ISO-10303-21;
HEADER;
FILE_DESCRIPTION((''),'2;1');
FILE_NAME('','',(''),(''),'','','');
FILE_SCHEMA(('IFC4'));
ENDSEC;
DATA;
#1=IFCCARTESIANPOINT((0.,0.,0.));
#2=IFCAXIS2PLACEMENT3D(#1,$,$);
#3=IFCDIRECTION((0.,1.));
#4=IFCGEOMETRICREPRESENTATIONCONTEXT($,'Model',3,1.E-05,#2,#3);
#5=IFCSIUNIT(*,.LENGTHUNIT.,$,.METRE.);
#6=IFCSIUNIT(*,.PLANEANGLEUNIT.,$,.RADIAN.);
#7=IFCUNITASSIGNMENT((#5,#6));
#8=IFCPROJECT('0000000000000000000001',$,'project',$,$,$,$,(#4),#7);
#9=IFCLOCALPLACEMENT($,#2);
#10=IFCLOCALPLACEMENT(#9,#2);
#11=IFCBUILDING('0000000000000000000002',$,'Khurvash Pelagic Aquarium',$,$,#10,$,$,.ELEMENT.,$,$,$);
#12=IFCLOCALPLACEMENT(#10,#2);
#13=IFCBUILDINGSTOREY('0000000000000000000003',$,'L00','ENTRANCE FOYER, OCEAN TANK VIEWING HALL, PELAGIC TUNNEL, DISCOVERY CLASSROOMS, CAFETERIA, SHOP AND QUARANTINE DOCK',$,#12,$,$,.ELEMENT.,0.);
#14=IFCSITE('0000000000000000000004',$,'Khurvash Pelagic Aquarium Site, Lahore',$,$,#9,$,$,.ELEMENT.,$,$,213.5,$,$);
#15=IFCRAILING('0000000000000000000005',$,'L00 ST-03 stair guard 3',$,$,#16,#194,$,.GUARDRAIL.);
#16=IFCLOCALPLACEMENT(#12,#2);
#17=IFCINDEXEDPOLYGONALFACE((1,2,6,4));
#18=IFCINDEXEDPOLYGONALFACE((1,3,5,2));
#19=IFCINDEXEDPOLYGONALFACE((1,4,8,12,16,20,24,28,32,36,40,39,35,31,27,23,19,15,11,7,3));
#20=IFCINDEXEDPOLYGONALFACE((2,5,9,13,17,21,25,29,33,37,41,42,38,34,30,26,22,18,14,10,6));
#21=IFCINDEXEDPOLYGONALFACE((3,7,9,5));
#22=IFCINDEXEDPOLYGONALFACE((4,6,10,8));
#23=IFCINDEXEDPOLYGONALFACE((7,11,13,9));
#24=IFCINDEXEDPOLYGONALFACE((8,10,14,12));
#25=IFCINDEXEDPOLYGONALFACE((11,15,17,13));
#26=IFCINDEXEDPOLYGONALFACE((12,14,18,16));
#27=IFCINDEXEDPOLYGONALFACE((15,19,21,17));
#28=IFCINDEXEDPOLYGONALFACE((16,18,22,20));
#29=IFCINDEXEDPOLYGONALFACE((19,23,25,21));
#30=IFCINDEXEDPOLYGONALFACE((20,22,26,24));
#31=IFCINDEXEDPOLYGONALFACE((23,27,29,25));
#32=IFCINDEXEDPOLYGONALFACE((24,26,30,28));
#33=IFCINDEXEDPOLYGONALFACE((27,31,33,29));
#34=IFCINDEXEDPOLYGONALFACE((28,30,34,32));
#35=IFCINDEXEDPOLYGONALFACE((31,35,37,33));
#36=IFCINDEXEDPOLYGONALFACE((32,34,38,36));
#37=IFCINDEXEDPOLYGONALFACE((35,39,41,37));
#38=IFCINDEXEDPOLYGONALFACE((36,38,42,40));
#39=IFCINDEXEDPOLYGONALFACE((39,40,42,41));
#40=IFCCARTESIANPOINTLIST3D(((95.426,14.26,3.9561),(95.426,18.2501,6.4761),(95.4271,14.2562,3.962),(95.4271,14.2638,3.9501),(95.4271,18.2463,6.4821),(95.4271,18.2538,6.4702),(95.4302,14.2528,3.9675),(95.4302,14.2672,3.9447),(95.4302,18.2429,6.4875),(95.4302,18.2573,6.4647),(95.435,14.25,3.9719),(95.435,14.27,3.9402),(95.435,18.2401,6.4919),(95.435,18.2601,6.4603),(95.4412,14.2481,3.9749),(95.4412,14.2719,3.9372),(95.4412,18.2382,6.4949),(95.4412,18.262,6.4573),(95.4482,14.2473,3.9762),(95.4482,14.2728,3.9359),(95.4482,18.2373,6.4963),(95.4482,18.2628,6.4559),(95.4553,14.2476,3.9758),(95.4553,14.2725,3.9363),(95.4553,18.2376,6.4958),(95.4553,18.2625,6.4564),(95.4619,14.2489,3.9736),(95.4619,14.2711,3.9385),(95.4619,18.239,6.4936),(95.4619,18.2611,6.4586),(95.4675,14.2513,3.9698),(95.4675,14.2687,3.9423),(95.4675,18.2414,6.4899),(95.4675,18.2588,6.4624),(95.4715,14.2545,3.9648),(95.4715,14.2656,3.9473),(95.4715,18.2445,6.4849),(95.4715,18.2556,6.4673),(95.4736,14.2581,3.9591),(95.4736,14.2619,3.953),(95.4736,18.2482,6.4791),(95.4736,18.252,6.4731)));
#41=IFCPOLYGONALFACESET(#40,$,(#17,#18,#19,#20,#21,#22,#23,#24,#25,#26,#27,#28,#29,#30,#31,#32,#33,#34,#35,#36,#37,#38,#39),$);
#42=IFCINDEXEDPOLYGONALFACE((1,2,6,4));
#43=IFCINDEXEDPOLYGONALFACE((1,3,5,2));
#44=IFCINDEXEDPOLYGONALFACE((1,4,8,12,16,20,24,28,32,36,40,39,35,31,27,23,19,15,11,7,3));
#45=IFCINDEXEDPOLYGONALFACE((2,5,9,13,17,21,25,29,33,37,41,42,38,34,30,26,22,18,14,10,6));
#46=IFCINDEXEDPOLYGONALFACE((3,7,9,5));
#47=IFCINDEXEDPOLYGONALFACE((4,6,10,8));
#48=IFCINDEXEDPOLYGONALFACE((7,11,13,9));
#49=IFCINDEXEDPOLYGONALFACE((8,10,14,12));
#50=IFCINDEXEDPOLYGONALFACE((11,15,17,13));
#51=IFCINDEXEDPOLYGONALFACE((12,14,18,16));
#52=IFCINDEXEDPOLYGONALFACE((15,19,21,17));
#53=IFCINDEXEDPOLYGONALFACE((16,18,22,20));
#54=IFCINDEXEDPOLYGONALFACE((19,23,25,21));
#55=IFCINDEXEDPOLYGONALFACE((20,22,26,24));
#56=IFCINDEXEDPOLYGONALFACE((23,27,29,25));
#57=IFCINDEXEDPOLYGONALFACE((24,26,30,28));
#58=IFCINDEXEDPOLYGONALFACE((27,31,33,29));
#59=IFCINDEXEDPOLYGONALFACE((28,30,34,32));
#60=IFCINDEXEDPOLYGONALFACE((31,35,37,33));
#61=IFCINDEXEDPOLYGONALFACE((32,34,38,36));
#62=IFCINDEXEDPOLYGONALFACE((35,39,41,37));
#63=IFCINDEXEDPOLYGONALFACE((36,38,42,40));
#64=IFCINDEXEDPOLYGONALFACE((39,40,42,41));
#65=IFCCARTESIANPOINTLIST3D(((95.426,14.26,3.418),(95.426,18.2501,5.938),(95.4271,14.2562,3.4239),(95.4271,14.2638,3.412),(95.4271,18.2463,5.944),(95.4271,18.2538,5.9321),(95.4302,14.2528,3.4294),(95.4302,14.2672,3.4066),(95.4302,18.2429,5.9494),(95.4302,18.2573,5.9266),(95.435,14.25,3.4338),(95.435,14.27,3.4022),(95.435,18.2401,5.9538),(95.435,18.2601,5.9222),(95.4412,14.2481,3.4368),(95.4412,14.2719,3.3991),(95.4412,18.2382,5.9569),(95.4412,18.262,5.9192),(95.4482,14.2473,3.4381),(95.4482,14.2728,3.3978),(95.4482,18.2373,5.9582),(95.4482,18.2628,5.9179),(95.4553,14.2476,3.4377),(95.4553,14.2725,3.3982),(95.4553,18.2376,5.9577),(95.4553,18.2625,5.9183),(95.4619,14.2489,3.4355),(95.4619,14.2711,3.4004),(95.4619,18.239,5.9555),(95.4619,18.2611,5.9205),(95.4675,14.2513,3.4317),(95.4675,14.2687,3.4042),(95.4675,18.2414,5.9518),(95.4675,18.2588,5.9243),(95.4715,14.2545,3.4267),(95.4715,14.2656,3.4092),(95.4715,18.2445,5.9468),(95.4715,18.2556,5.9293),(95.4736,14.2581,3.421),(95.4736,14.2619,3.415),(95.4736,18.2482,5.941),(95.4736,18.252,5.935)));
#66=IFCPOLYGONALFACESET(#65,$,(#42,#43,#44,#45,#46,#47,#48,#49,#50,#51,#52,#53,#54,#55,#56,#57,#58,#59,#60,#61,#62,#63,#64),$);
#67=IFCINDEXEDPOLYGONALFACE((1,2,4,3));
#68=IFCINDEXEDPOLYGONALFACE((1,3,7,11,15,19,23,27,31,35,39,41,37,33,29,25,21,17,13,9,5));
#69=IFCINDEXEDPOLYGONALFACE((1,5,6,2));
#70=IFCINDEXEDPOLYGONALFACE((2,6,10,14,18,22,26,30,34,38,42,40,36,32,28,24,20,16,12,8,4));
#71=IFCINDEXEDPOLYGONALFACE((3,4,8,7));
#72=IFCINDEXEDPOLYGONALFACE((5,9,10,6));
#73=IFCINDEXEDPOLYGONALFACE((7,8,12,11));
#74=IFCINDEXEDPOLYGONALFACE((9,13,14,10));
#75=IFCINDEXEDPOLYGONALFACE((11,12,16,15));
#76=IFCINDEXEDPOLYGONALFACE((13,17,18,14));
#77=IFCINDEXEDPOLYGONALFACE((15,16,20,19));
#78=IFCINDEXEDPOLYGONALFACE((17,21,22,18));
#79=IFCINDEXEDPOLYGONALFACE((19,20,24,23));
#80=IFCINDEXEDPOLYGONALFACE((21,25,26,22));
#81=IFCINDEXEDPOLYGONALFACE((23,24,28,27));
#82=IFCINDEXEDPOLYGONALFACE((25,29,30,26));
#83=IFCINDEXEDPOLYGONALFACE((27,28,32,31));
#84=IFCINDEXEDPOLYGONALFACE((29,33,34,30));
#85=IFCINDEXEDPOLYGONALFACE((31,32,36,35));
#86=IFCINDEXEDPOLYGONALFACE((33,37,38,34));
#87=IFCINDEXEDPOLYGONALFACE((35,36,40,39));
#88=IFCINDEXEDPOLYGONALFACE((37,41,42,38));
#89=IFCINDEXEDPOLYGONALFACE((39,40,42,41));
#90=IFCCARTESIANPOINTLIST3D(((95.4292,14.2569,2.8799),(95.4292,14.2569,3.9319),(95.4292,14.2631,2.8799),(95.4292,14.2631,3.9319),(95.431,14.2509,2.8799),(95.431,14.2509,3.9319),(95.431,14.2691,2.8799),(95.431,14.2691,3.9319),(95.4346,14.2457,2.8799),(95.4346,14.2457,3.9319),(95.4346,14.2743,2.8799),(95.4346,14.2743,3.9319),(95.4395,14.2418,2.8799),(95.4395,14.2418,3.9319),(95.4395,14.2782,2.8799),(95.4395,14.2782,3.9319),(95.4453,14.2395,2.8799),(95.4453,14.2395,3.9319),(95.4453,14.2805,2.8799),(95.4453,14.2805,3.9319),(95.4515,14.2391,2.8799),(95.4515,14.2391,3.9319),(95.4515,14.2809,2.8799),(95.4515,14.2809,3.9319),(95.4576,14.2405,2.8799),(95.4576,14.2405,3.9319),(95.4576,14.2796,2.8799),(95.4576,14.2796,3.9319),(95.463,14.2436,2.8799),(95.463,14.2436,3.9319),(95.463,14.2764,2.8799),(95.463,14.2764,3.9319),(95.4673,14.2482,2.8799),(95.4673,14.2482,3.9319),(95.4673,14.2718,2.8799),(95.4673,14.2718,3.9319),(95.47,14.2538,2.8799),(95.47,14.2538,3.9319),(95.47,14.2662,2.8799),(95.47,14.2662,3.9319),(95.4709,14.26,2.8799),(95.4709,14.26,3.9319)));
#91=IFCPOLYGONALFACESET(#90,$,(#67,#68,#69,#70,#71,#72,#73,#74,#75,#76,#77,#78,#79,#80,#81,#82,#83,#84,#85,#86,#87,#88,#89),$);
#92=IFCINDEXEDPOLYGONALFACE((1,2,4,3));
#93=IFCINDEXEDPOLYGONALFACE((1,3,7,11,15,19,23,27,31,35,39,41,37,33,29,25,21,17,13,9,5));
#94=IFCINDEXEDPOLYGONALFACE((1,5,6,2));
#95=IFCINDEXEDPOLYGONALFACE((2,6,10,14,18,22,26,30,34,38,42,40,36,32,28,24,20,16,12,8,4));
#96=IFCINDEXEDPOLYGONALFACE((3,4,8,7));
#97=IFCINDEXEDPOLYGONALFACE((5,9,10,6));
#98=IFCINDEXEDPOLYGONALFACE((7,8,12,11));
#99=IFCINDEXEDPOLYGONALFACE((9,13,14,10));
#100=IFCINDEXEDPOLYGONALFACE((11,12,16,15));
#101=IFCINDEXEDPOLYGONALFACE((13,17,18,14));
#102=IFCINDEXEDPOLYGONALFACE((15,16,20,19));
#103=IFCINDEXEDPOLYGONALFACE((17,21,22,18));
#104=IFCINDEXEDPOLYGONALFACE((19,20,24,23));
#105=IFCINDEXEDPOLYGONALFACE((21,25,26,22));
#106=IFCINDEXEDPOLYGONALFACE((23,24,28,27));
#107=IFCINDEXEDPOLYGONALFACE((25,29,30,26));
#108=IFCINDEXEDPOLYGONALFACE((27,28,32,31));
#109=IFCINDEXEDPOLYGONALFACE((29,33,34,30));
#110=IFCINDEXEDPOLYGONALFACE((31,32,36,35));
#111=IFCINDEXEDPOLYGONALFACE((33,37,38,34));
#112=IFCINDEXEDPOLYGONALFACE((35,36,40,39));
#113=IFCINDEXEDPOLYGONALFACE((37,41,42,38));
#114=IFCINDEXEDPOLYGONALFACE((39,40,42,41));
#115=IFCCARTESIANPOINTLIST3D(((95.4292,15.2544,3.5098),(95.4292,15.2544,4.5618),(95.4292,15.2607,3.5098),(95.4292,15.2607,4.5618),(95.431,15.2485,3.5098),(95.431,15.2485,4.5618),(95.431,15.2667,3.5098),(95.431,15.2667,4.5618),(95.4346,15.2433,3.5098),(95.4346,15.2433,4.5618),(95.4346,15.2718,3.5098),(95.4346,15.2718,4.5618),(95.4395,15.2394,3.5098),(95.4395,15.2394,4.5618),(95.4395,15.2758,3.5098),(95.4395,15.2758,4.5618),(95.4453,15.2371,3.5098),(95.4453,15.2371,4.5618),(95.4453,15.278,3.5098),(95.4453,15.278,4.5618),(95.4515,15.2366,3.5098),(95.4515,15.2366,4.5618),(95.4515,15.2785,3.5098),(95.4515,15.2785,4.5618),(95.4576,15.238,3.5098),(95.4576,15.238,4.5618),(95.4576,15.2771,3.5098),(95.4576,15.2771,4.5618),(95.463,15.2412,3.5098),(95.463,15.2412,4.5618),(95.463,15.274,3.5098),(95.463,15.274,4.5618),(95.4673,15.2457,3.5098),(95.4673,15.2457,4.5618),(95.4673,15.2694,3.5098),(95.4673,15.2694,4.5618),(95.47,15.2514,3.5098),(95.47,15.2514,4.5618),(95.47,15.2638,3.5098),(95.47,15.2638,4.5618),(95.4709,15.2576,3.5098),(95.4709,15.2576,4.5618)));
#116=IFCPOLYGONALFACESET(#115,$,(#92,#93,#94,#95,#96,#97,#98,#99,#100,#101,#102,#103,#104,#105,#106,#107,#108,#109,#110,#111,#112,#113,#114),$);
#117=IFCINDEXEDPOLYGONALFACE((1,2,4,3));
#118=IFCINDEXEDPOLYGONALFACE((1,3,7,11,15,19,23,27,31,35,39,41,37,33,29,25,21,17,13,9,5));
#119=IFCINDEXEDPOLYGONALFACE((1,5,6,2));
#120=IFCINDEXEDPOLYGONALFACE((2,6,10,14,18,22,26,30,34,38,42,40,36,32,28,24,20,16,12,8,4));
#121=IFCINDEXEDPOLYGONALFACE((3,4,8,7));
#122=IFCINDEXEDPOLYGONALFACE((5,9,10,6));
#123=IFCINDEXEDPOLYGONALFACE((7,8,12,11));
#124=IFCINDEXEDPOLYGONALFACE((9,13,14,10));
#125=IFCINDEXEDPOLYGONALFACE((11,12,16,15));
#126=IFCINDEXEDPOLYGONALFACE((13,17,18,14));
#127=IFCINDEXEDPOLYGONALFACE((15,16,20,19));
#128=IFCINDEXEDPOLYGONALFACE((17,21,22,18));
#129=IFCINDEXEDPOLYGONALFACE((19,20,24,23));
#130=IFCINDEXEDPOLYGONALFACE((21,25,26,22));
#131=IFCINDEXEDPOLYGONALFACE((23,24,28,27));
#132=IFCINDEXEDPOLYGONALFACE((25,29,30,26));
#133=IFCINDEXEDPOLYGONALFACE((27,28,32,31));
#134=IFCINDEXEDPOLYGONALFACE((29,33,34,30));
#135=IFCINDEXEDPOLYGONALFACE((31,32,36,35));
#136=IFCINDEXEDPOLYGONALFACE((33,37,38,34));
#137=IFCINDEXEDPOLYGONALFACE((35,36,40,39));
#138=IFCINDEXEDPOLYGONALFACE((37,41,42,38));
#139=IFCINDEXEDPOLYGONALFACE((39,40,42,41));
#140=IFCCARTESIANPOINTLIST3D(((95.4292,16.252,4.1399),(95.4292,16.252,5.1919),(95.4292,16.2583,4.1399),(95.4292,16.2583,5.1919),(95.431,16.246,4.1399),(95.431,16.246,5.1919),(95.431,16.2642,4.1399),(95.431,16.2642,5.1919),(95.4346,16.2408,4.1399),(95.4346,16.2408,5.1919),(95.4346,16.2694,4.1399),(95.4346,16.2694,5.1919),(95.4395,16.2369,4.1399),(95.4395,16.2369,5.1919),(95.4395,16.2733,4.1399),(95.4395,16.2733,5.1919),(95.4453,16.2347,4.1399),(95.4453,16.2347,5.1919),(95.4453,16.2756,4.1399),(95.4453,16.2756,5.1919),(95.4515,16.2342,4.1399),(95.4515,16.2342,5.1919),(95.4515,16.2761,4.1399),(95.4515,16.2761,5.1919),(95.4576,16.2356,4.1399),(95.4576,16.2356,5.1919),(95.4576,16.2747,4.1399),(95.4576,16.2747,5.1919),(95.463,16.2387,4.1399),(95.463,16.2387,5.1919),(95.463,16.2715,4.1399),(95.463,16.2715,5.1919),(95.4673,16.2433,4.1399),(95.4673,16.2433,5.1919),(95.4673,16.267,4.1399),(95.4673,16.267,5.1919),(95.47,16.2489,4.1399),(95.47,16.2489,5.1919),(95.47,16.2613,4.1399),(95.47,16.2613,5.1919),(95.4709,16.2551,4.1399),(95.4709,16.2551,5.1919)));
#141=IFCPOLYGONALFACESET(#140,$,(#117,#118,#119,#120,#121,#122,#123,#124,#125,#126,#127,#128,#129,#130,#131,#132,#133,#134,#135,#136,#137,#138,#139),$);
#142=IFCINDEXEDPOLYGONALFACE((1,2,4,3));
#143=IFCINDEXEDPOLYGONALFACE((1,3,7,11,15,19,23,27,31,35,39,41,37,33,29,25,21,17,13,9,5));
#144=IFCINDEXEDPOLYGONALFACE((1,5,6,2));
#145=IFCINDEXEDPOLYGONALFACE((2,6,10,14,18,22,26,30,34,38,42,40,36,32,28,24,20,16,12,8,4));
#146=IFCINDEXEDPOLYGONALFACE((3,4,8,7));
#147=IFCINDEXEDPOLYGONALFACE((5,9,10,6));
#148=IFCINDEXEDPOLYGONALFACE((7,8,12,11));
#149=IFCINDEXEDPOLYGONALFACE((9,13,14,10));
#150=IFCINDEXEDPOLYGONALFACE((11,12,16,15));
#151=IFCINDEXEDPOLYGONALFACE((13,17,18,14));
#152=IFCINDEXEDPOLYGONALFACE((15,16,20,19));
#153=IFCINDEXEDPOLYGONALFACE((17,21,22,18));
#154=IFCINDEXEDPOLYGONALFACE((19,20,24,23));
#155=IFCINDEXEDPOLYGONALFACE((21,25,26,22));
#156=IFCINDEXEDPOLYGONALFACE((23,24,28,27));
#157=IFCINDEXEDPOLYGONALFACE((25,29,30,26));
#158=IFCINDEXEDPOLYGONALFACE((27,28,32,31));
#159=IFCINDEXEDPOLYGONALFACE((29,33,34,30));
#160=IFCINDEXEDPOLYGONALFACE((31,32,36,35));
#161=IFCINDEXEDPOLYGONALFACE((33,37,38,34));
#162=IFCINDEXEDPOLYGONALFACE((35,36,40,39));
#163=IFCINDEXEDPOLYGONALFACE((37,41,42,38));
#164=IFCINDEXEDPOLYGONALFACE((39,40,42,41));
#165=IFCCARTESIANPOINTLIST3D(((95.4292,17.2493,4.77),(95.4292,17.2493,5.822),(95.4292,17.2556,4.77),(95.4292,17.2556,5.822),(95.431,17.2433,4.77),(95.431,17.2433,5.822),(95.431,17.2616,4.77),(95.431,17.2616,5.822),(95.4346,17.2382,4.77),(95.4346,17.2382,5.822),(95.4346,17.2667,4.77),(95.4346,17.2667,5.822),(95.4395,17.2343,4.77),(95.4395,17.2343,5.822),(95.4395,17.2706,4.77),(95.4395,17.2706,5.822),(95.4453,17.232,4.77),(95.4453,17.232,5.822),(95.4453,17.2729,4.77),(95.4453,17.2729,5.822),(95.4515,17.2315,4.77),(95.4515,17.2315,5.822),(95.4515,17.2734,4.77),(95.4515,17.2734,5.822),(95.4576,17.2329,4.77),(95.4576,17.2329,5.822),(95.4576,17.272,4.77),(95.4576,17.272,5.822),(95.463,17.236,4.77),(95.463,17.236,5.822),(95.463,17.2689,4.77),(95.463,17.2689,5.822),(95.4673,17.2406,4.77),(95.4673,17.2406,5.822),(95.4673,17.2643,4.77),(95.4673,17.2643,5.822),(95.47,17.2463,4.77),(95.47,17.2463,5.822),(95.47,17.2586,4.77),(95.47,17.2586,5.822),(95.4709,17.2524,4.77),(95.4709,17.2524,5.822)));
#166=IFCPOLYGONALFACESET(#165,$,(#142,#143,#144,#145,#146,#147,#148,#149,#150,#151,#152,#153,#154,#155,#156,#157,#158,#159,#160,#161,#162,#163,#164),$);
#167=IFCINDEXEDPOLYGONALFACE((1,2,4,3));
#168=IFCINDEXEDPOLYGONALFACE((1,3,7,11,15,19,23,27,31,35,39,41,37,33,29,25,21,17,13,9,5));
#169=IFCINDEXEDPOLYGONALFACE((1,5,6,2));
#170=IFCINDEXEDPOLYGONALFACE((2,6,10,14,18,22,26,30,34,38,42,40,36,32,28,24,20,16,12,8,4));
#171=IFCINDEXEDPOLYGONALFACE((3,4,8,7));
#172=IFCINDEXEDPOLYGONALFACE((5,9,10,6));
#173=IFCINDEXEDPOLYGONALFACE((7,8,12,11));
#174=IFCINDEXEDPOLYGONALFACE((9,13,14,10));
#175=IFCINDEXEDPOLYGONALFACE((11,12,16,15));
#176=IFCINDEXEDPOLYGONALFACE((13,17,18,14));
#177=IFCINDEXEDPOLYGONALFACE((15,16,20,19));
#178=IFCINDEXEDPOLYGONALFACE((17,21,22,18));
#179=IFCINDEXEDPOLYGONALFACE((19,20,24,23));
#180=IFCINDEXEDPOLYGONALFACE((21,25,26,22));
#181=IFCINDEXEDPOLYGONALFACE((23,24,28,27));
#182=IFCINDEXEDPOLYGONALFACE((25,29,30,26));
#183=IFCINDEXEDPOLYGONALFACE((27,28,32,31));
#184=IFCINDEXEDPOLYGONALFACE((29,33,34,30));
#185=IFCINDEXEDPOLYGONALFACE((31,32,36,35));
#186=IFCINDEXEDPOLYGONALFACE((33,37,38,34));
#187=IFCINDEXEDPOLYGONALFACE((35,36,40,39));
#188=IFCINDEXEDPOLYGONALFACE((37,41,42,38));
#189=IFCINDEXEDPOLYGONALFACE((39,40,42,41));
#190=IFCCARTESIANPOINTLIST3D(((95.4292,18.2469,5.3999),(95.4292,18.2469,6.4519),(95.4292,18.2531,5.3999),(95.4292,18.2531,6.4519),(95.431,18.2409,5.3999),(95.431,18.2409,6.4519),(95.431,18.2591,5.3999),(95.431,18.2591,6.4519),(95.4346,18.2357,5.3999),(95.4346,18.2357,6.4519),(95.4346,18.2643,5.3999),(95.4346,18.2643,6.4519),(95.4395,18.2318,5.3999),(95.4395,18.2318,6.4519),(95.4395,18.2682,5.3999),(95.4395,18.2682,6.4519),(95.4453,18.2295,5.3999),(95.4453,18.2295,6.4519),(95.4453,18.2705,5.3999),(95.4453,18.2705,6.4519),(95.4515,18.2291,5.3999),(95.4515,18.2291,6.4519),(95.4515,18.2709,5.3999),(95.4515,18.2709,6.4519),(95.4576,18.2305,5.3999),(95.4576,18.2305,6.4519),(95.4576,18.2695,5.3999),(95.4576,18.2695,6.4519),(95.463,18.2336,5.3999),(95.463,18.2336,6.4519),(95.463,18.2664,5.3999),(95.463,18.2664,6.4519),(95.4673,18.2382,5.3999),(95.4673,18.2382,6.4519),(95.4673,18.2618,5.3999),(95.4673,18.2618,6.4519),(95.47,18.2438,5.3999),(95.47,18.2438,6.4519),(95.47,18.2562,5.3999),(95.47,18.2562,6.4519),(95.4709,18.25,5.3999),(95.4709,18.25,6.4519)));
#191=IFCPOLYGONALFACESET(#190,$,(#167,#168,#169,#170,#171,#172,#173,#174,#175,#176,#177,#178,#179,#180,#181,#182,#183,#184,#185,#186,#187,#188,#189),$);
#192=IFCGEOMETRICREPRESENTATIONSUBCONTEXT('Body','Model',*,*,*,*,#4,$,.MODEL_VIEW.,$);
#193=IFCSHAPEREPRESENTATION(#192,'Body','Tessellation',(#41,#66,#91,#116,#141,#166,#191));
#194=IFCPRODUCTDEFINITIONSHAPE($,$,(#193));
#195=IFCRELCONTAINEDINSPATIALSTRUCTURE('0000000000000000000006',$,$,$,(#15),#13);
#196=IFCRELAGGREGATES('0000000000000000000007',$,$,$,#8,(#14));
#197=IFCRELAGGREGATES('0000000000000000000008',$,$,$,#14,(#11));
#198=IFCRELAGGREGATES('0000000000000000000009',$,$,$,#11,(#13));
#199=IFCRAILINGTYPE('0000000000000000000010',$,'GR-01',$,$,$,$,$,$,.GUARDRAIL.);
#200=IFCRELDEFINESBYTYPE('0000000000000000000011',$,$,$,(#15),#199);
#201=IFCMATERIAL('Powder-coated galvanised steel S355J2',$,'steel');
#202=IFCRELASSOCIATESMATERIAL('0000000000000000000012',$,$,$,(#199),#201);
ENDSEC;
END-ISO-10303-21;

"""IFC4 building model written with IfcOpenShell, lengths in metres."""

from ifc_helpers import new_model, si_unit, direction, frame, origin, origin_2d, place, context, subcontext, project, spatial, circle, extrude, material, type_object, element, save


model = new_model("IFC4")

# Units and contexts
model_context = context("Model", 3, precision=1e-05, world=origin(), true_north=direction((0.0, 1.0)))
body_context = subcontext(model_context, "Body", "Model", "MODEL_VIEW")
ifc_project = project(units=[si_unit("LENGTHUNIT", "METRE"), si_unit("PLANEANGLEUNIT", "RADIAN")], contexts=[model_context])

# Site, building, storey
site_placement = place(None, origin())
site = spatial("IfcSite", under=ifc_project, at=site_placement, Name="Khurvash Pelagic Aquarium Site, Lahore", CompositionType="ELEMENT", RefElevation=213.5)
building_placement = place(site_placement, origin())
building = spatial("IfcBuilding", under=site, at=building_placement, Name="Khurvash Pelagic Aquarium", CompositionType="ELEMENT")
storey_placement = place(building_placement, origin())
storey = spatial("IfcBuildingStorey", under=building, at=storey_placement, Name="L00", Description="ENTRANCE FOYER, OCEAN TANK VIEWING HALL, PELAGIC TUNNEL, DISCOVERY CLASSROOMS, CAFETERIA, SHOP AND QUARANTINE DOCK", CompositionType="ELEMENT", Elevation=0.0)

# Railing
ifc_material_1 = material(Name="Powder-coated galvanised steel S355J2", Category="steel")
railing_type_1 = type_object("IfcRailingType", Name="GR-01", PredefinedType="GUARDRAIL", material=ifc_material_1)
railing_1_placement = place(storey_placement, frame((95.45, 14.26, 2.8799)))
element("IfcRailing", 1, at=railing_1_placement, inside=storey, type_object=railing_type_1, Name="L00 ST-03 stair guard 3", PredefinedType="GUARDRAIL", context=body_context, shape_type="SweptSolid", body=[
    extrude(circle(Radius=0.0239, at=origin_2d()), frame((0.0, 0.0, 1.0762), z_axis=(0.0, 0.845486, 0.533997), x_axis=(-1.0, 0.0, 0.0)), (0.0, 0.0, 1.0), 4.7192),
    extrude(circle(Radius=0.0239, at=origin_2d()), frame((0.0, 0.0, 0.5381), z_axis=(0.0, 0.845486, 0.533997), x_axis=(-1.0, 0.0, 0.0)), (0.0, 0.0, 1.0), 4.7192),
    extrude(circle(Radius=0.021, at=origin_2d()), origin(), (0.0, 0.0, 1.0), 1.052),
    extrude(circle(Radius=0.021, at=origin_2d()), frame((0.0, 0.9976, 0.6299)), (0.0, 0.0, 1.0), 1.052),
    extrude(circle(Radius=0.021, at=origin_2d()), frame((0.0, 1.9951, 1.26)), (0.0, 0.0, 1.0), 1.052),
    extrude(circle(Radius=0.021, at=origin_2d()), frame((0.0, 2.9924, 1.8901)), (0.0, 0.0, 1.0), 1.052),
    extrude(circle(Radius=0.021, at=origin_2d()), frame((0.0, 3.99, 2.52)), (0.0, 0.0, 1.0), 1.052),
])

save(model, "model.ifc")
